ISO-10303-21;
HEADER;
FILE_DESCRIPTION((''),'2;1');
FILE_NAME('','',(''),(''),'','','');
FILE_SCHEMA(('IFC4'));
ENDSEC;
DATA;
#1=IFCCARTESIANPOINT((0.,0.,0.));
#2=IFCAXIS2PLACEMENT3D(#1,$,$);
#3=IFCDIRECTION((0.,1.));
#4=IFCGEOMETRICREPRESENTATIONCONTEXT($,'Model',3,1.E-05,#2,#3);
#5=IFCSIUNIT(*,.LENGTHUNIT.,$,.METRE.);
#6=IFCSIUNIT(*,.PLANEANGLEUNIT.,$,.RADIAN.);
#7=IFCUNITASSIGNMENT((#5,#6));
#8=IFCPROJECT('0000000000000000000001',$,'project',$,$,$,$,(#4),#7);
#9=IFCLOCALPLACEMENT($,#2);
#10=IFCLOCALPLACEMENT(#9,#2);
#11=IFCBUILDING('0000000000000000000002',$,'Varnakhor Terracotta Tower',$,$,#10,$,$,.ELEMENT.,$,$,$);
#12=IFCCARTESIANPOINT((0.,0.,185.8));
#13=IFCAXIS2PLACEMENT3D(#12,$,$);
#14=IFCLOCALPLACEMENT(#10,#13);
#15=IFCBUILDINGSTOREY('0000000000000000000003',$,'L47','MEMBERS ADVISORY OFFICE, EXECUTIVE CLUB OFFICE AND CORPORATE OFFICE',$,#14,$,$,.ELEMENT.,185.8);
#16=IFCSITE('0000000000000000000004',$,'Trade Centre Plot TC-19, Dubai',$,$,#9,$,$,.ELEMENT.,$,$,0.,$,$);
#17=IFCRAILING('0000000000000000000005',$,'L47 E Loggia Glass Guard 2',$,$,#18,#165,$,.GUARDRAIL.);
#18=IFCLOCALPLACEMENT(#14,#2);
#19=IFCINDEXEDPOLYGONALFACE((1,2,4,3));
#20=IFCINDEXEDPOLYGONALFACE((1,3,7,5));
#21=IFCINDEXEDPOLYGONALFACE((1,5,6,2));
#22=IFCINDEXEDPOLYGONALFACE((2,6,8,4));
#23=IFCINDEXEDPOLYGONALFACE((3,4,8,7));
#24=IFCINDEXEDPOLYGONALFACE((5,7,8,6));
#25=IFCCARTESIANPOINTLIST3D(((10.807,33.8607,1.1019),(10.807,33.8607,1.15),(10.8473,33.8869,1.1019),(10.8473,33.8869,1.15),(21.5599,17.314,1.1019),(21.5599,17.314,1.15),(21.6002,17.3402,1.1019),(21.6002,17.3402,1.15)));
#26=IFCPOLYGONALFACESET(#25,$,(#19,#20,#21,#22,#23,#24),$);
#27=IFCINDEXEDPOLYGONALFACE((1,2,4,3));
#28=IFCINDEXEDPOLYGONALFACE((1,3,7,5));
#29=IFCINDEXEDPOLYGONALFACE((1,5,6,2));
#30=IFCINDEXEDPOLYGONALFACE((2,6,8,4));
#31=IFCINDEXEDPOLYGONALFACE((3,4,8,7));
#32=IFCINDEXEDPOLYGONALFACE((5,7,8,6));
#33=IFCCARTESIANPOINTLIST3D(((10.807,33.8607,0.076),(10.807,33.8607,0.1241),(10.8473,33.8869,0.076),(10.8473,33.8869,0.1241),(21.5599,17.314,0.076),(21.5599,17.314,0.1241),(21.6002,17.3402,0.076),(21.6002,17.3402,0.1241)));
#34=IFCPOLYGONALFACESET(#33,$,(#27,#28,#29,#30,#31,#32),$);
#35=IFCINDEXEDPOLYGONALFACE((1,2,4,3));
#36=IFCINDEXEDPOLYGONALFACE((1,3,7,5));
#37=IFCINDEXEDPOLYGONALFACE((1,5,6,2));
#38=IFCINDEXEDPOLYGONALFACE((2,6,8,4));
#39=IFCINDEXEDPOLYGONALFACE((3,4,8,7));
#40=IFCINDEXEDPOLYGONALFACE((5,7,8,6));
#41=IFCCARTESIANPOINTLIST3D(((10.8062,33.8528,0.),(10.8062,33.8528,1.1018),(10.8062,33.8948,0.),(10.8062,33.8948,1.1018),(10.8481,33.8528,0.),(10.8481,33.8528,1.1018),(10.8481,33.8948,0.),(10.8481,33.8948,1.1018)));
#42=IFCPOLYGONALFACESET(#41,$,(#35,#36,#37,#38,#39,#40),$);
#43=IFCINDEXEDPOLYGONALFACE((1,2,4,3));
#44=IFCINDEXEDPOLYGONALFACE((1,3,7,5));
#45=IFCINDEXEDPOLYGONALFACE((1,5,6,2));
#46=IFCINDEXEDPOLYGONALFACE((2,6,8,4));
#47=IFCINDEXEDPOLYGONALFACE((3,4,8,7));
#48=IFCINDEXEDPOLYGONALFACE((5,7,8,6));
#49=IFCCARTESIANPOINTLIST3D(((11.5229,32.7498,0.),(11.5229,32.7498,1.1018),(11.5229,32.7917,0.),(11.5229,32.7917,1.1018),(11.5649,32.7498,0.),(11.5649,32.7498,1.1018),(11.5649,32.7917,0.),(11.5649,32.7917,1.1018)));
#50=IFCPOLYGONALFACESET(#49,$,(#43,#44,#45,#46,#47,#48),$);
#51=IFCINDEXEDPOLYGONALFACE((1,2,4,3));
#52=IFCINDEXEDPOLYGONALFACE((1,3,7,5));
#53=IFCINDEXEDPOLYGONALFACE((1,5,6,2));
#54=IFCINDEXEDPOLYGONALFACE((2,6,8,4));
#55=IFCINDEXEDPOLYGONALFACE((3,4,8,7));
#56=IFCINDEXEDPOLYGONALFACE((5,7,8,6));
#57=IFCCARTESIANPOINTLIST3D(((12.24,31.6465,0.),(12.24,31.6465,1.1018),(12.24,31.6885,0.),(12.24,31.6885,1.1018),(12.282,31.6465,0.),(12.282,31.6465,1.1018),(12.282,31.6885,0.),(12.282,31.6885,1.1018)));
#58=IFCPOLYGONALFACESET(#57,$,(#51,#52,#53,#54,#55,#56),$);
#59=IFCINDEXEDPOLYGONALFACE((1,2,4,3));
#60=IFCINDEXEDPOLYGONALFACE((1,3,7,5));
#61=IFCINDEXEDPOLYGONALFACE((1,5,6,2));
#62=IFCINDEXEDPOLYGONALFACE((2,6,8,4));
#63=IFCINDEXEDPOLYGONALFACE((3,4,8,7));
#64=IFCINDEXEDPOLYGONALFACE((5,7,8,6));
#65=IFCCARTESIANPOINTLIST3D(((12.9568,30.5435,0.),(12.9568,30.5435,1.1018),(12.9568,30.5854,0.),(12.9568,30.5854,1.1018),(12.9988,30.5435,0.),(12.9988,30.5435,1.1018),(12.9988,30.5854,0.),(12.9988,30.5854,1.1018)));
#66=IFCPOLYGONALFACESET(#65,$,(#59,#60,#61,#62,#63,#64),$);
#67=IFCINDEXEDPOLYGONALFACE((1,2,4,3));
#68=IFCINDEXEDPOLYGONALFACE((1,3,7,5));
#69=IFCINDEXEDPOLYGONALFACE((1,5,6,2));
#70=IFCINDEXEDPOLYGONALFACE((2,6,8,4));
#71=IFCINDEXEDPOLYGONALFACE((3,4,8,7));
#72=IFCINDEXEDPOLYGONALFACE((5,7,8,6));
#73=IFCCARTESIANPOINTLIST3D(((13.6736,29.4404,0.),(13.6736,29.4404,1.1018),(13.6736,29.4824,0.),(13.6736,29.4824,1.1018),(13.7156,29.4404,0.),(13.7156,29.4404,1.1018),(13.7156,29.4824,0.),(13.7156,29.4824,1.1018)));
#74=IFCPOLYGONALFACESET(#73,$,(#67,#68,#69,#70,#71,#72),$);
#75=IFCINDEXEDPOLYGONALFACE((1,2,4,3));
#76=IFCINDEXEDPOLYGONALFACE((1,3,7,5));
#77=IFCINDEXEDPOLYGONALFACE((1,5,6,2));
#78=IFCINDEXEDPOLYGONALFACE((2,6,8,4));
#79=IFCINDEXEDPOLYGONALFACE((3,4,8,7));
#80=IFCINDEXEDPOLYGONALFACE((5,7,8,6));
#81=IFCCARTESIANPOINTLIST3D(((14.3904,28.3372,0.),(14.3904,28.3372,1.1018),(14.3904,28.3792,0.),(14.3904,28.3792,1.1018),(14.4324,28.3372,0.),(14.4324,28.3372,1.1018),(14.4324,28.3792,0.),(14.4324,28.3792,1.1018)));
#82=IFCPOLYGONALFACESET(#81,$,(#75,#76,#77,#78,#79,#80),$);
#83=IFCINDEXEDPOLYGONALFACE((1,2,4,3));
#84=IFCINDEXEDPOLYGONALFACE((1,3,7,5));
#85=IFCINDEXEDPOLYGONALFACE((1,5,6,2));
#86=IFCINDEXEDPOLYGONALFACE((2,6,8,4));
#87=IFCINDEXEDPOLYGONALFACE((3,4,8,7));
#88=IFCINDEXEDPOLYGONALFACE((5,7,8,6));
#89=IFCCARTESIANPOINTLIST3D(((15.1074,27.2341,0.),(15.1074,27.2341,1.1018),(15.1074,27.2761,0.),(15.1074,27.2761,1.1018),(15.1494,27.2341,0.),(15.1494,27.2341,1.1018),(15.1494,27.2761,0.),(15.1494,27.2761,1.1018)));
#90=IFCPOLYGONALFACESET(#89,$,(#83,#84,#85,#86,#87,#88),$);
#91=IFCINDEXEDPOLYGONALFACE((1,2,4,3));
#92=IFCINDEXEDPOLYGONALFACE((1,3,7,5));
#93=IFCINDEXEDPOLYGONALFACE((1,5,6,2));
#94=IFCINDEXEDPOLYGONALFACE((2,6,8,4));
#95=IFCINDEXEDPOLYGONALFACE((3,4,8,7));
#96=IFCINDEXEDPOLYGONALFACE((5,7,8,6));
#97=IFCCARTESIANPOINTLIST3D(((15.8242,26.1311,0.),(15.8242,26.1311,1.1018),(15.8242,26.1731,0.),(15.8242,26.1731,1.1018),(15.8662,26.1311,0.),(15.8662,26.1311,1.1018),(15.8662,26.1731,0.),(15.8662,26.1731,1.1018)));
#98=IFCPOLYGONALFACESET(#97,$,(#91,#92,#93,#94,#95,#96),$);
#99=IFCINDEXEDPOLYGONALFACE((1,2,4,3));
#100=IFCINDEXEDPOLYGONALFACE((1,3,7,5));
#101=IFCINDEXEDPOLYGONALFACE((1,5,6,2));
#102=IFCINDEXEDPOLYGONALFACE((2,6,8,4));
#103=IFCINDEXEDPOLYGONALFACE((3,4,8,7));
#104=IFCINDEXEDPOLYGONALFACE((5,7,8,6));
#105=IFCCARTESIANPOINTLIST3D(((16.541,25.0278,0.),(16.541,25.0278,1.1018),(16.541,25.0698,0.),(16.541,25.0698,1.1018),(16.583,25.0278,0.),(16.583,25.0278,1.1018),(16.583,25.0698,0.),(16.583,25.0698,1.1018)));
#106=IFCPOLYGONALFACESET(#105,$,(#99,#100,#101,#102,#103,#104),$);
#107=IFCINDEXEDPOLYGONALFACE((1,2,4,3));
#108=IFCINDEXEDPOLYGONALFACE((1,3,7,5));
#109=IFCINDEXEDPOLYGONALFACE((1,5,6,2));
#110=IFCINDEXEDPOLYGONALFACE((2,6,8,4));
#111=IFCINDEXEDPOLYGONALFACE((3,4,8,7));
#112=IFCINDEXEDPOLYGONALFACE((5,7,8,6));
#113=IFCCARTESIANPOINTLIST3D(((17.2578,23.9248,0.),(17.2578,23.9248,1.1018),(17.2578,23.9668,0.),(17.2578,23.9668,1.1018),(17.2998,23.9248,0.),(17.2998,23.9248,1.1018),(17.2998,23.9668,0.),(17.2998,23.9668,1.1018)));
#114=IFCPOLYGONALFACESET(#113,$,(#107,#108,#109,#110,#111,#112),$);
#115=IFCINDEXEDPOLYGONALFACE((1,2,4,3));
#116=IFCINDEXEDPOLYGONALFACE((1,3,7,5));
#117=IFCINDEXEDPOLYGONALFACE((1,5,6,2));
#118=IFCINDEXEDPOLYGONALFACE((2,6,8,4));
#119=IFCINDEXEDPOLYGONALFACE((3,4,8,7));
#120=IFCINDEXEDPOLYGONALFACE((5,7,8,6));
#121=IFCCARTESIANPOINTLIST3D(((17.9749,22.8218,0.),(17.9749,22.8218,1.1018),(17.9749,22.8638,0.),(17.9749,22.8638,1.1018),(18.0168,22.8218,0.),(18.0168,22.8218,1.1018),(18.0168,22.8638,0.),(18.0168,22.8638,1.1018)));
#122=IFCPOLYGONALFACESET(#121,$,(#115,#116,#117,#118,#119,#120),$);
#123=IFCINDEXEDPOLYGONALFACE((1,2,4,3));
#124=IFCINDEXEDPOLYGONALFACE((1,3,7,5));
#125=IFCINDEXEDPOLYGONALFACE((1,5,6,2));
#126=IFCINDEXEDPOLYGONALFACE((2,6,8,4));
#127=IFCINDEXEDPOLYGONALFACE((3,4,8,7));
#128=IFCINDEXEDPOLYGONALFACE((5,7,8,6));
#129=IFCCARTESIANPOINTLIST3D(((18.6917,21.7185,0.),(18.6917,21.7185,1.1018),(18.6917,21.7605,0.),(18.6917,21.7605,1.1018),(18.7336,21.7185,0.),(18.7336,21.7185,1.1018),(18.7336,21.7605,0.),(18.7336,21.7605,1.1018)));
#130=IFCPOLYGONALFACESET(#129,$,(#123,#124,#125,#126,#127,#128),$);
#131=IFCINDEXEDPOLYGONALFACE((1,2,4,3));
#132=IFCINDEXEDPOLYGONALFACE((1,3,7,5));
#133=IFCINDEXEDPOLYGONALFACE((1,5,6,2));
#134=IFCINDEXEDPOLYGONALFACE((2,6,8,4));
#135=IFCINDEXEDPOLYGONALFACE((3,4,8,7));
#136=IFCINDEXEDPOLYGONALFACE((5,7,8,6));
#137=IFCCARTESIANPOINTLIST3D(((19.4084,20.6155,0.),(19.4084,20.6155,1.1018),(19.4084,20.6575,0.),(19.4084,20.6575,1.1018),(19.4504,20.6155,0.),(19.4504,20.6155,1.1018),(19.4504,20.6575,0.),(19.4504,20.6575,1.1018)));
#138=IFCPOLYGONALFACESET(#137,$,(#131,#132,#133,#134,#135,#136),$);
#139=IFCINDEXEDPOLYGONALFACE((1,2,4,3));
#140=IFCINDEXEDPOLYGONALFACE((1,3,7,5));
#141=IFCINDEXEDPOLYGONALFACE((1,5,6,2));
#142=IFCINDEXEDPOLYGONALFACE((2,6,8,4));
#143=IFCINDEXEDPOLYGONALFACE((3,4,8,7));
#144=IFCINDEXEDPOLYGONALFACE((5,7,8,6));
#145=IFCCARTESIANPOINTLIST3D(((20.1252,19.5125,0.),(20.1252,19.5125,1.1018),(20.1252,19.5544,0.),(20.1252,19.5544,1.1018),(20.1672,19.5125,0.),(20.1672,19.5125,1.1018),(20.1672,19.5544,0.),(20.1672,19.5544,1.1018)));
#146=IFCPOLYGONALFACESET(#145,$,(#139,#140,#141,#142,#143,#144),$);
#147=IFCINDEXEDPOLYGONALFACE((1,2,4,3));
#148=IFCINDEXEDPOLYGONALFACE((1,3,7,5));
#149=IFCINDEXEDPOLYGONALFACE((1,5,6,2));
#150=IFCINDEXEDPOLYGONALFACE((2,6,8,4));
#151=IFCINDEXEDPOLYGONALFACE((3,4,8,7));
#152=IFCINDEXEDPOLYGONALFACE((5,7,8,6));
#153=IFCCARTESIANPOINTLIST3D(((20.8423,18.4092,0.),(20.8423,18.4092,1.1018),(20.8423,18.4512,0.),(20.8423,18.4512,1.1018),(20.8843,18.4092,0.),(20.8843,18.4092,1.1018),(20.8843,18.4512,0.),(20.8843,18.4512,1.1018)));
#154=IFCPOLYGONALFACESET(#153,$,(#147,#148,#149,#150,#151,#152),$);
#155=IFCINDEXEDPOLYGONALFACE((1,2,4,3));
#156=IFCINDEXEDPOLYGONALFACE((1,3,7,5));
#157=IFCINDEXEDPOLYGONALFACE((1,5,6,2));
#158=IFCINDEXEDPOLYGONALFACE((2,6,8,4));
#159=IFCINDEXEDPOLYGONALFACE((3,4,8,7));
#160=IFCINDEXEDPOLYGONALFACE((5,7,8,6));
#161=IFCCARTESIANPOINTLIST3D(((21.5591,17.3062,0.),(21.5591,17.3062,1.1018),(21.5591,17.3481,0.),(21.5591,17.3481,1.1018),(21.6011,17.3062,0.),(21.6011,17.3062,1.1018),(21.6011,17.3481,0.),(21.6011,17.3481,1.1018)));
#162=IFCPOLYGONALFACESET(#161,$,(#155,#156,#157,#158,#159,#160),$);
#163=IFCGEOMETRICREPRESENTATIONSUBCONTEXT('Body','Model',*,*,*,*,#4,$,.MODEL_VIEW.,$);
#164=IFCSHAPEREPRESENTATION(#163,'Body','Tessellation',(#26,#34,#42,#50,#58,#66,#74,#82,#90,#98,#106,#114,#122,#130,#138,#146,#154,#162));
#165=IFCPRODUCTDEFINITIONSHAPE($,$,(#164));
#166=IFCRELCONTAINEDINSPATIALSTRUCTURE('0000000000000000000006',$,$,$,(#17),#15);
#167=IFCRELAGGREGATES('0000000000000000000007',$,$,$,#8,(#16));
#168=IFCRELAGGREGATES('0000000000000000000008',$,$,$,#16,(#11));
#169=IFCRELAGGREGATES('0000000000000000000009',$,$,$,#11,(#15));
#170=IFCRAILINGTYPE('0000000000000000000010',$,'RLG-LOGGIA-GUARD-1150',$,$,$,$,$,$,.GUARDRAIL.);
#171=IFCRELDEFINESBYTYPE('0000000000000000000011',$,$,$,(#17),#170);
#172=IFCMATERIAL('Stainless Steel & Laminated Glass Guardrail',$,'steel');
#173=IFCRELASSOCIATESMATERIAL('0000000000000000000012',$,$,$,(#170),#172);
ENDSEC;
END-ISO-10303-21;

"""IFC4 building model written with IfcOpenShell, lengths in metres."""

from ifc_helpers import new_model, si_unit, direction, frame, origin, origin_2d, place, context, subcontext, project, spatial, rectangle, extrude, material, type_object, element, save


model = new_model("IFC4")

# Units and contexts
model_context = context("Model", 3, precision=1e-05, world=origin(), true_north=direction((0.0, 1.0)))
body_context = subcontext(model_context, "Body", "Model", "MODEL_VIEW")
ifc_project = project(units=[si_unit("LENGTHUNIT", "METRE"), si_unit("PLANEANGLEUNIT", "RADIAN")], contexts=[model_context])

# Site, building, storey
site_placement = place(None, origin())
site = spatial("IfcSite", under=ifc_project, at=site_placement, Name="Trade Centre Plot TC-19, Dubai", CompositionType="ELEMENT", RefElevation=0.0)
building_placement = place(site_placement, origin())
building = spatial("IfcBuilding", under=site, at=building_placement, Name="Varnakhor Terracotta Tower", CompositionType="ELEMENT")
storey_placement = place(building_placement, frame((0.0, 0.0, 185.8)))
storey = spatial("IfcBuildingStorey", under=building, at=storey_placement, Name="L47", Description="MEMBERS ADVISORY OFFICE, EXECUTIVE CLUB OFFICE AND CORPORATE OFFICE", CompositionType="ELEMENT", Elevation=185.8)

# Railing
ifc_material_1 = material(Name="Stainless Steel & Laminated Glass Guardrail", Category="steel")
railing_type = type_object("IfcRailingType", Name="RLG-LOGGIA-GUARD-1150", PredefinedType="GUARDRAIL", material=ifc_material_1)
railing_1_placement = place(storey_placement, frame((10.8271, 33.8738, 0.0)))
element("IfcRailing", 1, at=railing_1_placement, inside=storey, type_object=railing_type, Name="L47 E Loggia Glass Guard 2", PredefinedType="GUARDRAIL", context=body_context, shape_type="SweptSolid", body=[
    extrude(rectangle(XDim=0.0481, YDim=0.0481, at=origin_2d()), frame((0.0, 0.0, 1.126), z_axis=(0.544904, -0.838499, 0.0), x_axis=(0.838499, 0.544904, 0.0)), (0.0, 0.0, 1.0), 19.7336),
    extrude(rectangle(XDim=0.0481, YDim=0.0481, at=origin_2d()), frame((0.0, 0.0, 0.1001), z_axis=(0.544904, -0.838499, 0.0), x_axis=(0.838499, 0.544904, 0.0)), (0.0, 0.0, 1.0), 19.7336),
    extrude(rectangle(XDim=0.042, YDim=0.042, at=origin_2d()), origin(), (0.0, 0.0, 1.0), 1.1018),
    extrude(rectangle(XDim=0.042, YDim=0.042, at=origin_2d()), frame((0.7168, -1.103, 0.0)), (0.0, 0.0, 1.0), 1.1018),
    extrude(rectangle(XDim=0.042, YDim=0.042, at=origin_2d()), frame((1.4338, -2.2063, 0.0)), (0.0, 0.0, 1.0), 1.1018),
    extrude(rectangle(XDim=0.042, YDim=0.042, at=origin_2d()), frame((2.1506, -3.3093, 0.0)), (0.0, 0.0, 1.0), 1.1018),
    extrude(rectangle(XDim=0.042, YDim=0.042, at=origin_2d()), frame((2.8674, -4.4124, 0.0)), (0.0, 0.0, 1.0), 1.1018),
    extrude(rectangle(XDim=0.042, YDim=0.042, at=origin_2d()), frame((3.5842, -5.5156, 0.0)), (0.0, 0.0, 1.0), 1.1018),
    extrude(rectangle(XDim=0.042, YDim=0.042, at=origin_2d()), frame((4.3013, -6.6187, 0.0)), (0.0, 0.0, 1.0), 1.1018),
    extrude(rectangle(XDim=0.042, YDim=0.042, at=origin_2d()), frame((5.0181, -7.7217, 0.0)), (0.0, 0.0, 1.0), 1.1018),
    extrude(rectangle(XDim=0.042, YDim=0.042, at=origin_2d()), frame((5.7349, -8.825, 0.0)), (0.0, 0.0, 1.0), 1.1018),
    extrude(rectangle(XDim=0.042, YDim=0.042, at=origin_2d()), frame((6.4517, -9.928, 0.0)), (0.0, 0.0, 1.0), 1.1018),
    extrude(rectangle(XDim=0.042, YDim=0.042, at=origin_2d()), frame((7.1687, -11.031, 0.0)), (0.0, 0.0, 1.0), 1.1018),
    extrude(rectangle(XDim=0.042, YDim=0.042, at=origin_2d()), frame((7.8855, -12.1343, 0.0)), (0.0, 0.0, 1.0), 1.1018),
    extrude(rectangle(XDim=0.042, YDim=0.042, at=origin_2d()), frame((8.6023, -13.2373, 0.0)), (0.0, 0.0, 1.0), 1.1018),
    extrude(rectangle(XDim=0.042, YDim=0.042, at=origin_2d()), frame((9.3191, -14.3403, 0.0)), (0.0, 0.0, 1.0), 1.1018),
    extrude(rectangle(XDim=0.042, YDim=0.042, at=origin_2d()), frame((10.0361, -15.4436, 0.0)), (0.0, 0.0, 1.0), 1.1018),
    extrude(rectangle(XDim=0.042, YDim=0.042, at=origin_2d()), frame((10.7529, -16.5466, 0.0)), (0.0, 0.0, 1.0), 1.1018),
])

save(model, "model.ifc")
